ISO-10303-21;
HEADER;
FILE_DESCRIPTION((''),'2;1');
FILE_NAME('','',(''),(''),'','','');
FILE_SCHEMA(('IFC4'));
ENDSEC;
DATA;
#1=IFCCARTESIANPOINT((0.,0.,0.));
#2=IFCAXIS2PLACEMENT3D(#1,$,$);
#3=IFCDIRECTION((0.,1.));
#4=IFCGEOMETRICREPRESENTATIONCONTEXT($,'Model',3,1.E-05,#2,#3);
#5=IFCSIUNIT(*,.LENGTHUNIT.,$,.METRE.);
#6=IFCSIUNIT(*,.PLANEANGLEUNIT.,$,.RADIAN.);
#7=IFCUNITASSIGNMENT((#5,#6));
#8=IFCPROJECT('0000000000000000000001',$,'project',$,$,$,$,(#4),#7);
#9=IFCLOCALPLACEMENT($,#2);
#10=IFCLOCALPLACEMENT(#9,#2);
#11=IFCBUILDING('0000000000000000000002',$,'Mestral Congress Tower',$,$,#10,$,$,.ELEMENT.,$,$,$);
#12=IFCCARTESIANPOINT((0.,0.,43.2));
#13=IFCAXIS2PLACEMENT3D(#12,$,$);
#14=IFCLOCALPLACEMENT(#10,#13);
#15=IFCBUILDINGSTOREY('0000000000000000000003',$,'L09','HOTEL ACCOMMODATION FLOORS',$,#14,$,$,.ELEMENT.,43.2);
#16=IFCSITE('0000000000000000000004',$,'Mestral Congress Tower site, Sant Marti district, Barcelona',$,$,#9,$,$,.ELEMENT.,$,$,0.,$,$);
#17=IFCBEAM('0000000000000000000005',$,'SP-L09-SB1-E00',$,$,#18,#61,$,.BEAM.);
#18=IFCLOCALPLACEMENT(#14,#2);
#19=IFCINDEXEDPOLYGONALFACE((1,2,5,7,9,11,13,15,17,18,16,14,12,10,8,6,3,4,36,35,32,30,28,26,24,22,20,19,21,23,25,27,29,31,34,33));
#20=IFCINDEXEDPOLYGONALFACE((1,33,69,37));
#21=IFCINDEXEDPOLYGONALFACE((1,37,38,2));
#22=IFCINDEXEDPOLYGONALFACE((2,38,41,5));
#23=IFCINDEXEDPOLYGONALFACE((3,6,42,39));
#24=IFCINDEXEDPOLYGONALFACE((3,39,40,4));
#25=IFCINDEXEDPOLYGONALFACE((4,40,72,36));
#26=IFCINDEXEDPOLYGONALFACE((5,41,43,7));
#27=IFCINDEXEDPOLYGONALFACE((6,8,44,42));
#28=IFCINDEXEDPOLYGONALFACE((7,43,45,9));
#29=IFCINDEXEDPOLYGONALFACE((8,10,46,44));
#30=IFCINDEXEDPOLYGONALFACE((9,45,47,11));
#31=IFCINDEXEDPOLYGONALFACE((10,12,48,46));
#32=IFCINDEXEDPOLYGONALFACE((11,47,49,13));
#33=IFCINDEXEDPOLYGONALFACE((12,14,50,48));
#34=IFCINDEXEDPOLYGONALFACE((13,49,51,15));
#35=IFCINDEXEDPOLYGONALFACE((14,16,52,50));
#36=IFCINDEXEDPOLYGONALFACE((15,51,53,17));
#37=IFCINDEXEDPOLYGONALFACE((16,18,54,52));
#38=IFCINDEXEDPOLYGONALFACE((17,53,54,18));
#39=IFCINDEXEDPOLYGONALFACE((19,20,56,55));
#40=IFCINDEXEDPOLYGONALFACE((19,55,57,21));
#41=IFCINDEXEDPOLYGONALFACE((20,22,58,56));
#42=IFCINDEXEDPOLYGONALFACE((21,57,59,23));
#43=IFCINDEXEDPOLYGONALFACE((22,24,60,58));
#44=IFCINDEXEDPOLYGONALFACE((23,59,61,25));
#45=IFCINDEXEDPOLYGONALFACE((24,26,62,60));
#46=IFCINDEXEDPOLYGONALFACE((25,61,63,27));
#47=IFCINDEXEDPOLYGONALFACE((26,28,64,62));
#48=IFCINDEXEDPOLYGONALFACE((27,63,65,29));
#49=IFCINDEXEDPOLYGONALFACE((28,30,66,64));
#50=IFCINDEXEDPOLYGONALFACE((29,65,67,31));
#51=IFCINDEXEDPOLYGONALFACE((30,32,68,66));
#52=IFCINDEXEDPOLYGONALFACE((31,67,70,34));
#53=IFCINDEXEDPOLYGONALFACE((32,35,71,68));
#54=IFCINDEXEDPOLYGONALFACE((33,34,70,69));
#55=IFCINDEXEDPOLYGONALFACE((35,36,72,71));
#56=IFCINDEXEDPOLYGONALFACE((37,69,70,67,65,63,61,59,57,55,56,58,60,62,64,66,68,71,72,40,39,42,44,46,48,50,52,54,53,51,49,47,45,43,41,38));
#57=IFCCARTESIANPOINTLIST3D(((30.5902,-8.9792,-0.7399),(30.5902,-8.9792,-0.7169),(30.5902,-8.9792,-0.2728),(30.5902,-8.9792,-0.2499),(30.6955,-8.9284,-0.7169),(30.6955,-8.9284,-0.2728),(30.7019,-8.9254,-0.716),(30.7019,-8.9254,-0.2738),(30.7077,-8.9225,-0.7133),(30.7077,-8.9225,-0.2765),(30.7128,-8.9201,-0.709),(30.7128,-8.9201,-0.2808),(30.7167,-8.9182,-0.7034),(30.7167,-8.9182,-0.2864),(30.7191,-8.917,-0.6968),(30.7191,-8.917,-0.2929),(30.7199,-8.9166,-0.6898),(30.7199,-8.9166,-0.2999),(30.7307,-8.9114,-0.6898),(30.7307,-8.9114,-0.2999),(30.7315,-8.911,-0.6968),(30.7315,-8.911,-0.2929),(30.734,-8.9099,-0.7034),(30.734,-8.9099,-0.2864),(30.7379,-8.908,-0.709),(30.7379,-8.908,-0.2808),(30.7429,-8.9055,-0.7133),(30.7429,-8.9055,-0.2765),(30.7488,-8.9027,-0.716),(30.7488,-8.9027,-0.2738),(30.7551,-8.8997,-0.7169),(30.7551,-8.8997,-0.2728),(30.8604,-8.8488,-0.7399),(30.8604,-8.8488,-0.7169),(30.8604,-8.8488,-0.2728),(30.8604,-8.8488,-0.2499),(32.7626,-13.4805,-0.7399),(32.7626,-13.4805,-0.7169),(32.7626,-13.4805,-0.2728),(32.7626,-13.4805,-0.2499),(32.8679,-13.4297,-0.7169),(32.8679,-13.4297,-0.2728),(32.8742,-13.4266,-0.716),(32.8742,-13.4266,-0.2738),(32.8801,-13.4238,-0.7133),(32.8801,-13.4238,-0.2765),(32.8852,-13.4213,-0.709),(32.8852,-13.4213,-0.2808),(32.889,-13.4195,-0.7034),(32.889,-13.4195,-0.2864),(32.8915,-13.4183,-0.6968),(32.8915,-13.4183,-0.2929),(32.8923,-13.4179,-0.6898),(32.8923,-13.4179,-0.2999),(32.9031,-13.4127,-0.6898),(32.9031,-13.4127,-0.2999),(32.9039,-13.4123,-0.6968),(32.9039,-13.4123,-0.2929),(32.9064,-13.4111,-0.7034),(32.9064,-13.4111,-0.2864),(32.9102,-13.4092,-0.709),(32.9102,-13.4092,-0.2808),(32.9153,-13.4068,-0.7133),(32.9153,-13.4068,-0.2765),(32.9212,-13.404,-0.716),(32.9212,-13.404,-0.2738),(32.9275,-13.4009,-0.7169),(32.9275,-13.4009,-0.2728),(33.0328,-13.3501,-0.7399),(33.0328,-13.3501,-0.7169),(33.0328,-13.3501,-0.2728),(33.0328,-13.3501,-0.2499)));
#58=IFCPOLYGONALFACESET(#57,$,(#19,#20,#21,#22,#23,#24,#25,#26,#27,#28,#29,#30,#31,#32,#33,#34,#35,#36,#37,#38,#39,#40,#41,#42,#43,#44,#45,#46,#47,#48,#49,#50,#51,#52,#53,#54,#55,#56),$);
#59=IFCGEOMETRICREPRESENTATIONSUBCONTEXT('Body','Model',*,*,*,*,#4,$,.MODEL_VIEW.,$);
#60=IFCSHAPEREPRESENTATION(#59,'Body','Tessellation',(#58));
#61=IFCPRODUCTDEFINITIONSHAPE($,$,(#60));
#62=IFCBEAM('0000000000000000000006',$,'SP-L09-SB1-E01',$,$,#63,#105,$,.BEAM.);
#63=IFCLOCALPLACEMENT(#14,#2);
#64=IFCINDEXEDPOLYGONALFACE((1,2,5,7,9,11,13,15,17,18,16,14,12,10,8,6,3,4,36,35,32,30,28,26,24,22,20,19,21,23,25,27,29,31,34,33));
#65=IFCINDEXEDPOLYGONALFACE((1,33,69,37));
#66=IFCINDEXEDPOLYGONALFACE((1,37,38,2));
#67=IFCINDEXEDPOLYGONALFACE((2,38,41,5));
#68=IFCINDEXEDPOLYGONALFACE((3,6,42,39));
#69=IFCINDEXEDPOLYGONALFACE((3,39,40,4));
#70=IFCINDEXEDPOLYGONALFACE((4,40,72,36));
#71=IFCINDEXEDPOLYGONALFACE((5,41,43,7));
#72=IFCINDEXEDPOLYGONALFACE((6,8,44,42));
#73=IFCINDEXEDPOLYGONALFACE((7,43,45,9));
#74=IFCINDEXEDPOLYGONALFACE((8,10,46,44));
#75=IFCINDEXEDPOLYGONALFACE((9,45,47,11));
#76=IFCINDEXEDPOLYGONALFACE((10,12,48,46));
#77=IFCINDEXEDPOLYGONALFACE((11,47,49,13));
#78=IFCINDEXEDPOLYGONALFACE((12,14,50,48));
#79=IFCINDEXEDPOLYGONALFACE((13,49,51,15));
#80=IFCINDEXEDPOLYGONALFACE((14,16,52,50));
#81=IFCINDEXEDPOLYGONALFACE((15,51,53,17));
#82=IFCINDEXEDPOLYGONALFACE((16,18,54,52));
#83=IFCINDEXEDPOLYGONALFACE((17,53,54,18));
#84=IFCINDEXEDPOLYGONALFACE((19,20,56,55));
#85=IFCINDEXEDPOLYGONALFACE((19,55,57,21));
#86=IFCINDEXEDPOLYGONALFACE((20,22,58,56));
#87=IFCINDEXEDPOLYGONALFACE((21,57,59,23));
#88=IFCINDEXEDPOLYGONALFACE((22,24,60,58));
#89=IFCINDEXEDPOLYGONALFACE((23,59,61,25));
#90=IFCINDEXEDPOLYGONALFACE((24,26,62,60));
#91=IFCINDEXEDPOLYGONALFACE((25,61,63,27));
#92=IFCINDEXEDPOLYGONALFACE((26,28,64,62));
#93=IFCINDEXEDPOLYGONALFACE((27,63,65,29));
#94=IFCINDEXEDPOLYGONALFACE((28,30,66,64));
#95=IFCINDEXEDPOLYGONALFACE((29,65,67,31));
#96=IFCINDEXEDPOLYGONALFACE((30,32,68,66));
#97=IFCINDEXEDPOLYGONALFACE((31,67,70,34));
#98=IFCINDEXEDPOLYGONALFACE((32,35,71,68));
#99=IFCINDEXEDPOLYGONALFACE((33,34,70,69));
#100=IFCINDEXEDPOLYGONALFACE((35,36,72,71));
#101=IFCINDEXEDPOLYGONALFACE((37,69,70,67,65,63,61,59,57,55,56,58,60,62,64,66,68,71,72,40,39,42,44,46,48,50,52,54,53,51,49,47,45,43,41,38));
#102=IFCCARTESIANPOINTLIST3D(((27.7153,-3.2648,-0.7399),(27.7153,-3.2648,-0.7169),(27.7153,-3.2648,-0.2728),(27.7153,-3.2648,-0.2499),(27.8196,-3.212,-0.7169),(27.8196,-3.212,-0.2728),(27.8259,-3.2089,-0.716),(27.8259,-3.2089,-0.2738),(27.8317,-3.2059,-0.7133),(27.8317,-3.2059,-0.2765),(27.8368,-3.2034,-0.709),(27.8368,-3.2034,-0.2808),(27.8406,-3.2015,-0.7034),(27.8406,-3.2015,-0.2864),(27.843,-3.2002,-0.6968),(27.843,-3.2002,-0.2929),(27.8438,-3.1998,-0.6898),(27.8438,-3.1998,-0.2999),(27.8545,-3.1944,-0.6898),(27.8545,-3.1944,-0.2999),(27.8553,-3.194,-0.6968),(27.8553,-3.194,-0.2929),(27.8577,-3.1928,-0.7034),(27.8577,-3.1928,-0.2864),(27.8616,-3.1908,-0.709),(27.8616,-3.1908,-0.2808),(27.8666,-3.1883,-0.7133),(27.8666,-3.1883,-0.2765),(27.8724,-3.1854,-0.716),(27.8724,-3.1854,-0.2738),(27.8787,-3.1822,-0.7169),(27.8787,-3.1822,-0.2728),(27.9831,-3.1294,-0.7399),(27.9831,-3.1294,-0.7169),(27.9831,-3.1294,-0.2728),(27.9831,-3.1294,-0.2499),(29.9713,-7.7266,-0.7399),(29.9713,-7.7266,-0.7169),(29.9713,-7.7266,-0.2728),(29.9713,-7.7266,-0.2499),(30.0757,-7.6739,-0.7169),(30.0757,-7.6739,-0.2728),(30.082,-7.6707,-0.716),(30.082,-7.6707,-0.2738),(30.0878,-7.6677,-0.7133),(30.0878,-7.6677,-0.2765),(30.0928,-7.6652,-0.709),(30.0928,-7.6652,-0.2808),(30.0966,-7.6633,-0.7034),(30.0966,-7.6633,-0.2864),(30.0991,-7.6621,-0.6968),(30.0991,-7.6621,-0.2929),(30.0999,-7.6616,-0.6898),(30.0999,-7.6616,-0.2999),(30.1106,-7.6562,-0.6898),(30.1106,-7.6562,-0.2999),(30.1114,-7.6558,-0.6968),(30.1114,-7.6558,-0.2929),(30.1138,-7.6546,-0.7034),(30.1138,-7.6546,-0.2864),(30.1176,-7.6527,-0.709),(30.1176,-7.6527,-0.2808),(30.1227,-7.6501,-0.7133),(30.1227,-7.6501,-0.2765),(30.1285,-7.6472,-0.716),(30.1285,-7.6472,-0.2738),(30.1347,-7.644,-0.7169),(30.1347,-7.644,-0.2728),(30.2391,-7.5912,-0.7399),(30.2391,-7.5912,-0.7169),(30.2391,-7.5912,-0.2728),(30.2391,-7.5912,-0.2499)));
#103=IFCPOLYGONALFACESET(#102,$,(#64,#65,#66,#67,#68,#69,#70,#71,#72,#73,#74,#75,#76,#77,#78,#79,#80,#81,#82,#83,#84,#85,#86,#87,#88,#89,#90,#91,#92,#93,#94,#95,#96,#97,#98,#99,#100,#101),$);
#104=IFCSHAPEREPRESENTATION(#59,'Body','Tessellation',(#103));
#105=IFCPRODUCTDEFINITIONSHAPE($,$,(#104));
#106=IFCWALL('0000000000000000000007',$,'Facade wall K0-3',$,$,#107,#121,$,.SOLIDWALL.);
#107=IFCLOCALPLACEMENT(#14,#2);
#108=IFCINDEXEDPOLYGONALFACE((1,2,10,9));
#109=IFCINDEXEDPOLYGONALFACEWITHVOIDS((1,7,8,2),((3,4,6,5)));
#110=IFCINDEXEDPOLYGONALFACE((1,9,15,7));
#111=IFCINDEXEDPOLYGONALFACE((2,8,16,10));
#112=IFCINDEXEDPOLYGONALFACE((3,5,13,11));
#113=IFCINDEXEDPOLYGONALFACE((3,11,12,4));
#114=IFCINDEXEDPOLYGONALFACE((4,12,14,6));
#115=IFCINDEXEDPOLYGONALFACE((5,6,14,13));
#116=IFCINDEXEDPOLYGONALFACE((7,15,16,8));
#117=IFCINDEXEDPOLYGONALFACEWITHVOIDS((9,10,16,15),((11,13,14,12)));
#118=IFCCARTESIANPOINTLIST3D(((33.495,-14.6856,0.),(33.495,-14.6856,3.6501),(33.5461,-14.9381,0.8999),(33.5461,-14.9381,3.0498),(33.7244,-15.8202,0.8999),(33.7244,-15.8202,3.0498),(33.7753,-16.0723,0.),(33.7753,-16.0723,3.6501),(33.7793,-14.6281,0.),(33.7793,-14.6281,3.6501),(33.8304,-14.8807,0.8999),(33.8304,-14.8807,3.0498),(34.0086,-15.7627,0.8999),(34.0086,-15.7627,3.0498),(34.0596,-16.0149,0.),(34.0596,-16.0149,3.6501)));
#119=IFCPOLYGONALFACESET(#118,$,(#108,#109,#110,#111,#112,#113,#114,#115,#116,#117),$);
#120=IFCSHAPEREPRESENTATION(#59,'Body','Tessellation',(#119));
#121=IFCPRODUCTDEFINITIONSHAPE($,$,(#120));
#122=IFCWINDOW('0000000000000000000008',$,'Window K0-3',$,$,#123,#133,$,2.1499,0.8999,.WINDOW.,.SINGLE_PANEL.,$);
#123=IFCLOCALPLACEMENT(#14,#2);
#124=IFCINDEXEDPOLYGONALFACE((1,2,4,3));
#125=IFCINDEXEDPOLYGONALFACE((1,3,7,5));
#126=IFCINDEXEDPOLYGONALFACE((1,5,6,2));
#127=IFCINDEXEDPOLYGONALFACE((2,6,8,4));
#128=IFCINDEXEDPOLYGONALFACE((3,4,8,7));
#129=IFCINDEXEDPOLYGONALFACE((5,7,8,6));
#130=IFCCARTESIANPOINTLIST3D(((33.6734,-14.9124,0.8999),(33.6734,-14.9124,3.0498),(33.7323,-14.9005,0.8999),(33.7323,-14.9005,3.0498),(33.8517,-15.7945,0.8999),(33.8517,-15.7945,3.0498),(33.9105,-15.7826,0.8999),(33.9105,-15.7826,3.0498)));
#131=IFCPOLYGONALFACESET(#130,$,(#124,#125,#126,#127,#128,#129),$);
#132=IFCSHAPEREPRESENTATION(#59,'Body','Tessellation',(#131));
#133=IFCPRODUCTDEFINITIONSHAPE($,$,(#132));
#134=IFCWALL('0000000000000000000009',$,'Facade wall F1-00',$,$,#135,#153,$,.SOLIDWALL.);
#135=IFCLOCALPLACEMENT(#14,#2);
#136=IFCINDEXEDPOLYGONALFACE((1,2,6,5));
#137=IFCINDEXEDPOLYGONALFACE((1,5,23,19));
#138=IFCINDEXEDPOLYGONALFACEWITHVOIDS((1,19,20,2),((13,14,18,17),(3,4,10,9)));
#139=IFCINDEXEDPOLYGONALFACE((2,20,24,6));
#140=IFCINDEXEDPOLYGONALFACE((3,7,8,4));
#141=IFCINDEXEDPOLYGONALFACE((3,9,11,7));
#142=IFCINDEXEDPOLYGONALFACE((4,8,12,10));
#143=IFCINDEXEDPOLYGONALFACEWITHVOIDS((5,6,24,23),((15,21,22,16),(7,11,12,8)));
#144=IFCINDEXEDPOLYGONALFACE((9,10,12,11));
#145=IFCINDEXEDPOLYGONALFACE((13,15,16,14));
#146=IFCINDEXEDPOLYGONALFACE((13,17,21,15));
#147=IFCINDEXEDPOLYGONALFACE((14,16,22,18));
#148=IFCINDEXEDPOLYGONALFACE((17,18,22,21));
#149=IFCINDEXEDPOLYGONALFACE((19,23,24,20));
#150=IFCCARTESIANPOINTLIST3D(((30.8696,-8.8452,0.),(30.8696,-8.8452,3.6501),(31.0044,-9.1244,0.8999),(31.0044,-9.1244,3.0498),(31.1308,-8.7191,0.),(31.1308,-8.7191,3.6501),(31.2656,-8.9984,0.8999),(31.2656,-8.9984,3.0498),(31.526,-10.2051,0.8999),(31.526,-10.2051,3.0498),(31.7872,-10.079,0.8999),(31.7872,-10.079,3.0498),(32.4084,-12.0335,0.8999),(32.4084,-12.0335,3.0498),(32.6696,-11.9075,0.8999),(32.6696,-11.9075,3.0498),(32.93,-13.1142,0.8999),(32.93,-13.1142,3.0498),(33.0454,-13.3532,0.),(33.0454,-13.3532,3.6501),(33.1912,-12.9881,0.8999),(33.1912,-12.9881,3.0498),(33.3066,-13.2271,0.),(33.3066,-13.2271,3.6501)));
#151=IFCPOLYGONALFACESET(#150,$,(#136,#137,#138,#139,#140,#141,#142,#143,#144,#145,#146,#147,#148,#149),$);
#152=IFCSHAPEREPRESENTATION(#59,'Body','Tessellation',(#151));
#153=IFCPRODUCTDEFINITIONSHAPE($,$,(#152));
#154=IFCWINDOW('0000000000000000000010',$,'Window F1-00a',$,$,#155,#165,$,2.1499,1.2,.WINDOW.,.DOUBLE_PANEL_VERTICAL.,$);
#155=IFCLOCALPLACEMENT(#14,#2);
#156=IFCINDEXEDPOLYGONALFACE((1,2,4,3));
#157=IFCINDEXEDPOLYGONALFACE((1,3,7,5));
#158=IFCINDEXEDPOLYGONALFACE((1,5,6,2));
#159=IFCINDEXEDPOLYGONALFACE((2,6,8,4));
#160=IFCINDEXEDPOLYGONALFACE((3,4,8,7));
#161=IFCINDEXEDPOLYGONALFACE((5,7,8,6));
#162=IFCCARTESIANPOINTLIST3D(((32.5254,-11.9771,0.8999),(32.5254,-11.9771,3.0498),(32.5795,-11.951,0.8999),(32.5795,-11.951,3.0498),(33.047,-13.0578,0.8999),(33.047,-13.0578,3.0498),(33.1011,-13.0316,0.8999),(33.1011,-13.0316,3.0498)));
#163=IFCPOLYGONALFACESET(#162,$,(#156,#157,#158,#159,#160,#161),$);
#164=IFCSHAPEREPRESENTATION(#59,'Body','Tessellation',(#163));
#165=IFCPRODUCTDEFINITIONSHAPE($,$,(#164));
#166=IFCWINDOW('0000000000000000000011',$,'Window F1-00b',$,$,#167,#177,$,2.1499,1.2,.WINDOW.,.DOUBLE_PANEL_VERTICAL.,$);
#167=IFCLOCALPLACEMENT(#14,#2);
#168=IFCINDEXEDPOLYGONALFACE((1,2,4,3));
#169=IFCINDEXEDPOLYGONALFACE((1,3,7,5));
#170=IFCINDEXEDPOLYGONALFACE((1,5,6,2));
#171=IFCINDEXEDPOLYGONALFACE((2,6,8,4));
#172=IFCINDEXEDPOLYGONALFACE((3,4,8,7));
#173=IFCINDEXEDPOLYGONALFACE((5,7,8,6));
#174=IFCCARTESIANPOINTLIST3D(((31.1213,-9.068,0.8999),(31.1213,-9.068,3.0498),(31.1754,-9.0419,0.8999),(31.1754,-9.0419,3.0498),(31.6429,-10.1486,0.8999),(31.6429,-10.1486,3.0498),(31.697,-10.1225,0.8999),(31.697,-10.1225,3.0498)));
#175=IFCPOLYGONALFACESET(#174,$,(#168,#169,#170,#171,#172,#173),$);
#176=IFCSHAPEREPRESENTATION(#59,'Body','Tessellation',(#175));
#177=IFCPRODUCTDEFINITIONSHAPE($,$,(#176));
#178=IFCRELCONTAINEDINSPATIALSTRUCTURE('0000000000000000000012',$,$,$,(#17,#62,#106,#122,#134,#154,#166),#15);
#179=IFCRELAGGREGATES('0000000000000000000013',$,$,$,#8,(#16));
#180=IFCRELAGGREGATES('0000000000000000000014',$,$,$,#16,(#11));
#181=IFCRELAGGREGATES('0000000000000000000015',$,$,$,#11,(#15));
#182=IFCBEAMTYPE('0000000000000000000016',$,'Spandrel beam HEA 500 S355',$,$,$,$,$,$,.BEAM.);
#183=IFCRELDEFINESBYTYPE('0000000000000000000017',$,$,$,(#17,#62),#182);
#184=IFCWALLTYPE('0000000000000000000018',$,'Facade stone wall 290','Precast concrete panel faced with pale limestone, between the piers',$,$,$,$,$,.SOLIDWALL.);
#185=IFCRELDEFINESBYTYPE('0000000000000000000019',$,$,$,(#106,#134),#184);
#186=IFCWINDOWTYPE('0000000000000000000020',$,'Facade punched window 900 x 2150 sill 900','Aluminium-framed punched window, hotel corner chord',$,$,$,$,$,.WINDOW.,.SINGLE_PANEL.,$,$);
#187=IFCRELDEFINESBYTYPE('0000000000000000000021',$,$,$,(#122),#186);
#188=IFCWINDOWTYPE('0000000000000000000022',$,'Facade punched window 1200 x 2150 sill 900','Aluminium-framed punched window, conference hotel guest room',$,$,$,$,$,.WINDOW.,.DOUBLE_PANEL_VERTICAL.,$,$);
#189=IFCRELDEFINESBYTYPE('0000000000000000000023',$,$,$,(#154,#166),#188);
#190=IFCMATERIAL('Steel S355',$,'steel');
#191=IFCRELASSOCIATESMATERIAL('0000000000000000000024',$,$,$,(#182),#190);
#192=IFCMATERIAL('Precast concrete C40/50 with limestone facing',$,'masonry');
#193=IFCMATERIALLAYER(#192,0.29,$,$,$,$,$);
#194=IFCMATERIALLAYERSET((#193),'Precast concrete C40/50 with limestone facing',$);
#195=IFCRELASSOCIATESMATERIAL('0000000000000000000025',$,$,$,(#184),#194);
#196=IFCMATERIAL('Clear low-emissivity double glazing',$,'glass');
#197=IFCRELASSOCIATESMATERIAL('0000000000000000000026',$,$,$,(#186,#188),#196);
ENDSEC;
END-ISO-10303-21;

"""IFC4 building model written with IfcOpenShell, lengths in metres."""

from ifc_helpers import new_model, si_unit, direction, frame, frame_2d, origin, origin_2d, place, context, subcontext, project, spatial, rectangle, i_section, extrude, material, layer, layer_set, material_profile, profile_set, type_object, element, fill, save


model = new_model("IFC4")

# Units and contexts
model_context = context("Model", 3, precision=1e-05, world=origin(), true_north=direction((0.0, 1.0)))
body_context = subcontext(model_context, "Body", "Model", "MODEL_VIEW")
ifc_project = project(units=[si_unit("LENGTHUNIT", "METRE"), si_unit("PLANEANGLEUNIT", "RADIAN")], contexts=[model_context])

# Site, building, storey
site_placement = place(None, origin())
site = spatial("IfcSite", under=ifc_project, at=site_placement, Name="Mestral Congress Tower site, Sant Marti district, Barcelona", CompositionType="ELEMENT", RefElevation=0.0)
building_placement = place(site_placement, origin())
building = spatial("IfcBuilding", under=site, at=building_placement, Name="Mestral Congress Tower", CompositionType="ELEMENT")
storey_placement = place(building_placement, frame((0.0, 0.0, 43.2)))
storey = spatial("IfcBuildingStorey", under=building, at=storey_placement, Name="L09", Description="HOTEL ACCOMMODATION FLOORS", CompositionType="ELEMENT", Elevation=43.2)

# Beams
ifc_material_1 = material(Name="Steel S355", Category="steel")
ifc_material_profile_1 = material_profile(ifc_material_1, i_section(OverallWidth=0.3, OverallDepth=0.49, WebThickness=0.012, FlangeThickness=0.0229, FilletRadius=0.0271, at=origin_2d()), Name="HEA 500")
ifc_profile_set_1 = profile_set([ifc_material_profile_1], Name="Steel S355")
beam_type_1 = type_object("IfcBeamType", Name="Spandrel beam HEA 500 S355", PredefinedType="BEAM", material=ifc_profile_set_1)
beam_1_placement = place(storey_placement, frame((32.8977, -13.4153, -0.4949), z_axis=(-0.434645, 0.900602, 0.0), x_axis=(-0.900602, -0.434645, 0.0)))
element("IfcBeam", 1, at=beam_1_placement, inside=storey, type_object=beam_type_1, Name="SP-L09-SB1-E00", PredefinedType="BEAM", context=body_context, shape_type="SweptSolid", body=[
    extrude(i_section(OverallWidth=0.3, OverallDepth=0.49, WebThickness=0.012, FlangeThickness=0.0229, FilletRadius=0.0271, at=origin_2d()), origin(), (0.0, 0.0, 1.0), 4.998),
])
beam_2_placement = place(storey_placement, frame((30.1052, -7.6589, -0.4949), z_axis=(-0.451233, 0.892406, 0.0), x_axis=(-0.892406, -0.451233, 0.0)))
element("IfcBeam", 2, at=beam_2_placement, inside=storey, type_object=beam_type_1, Name="SP-L09-SB1-E01", PredefinedType="BEAM", context=body_context, shape_type="SweptSolid", body=[
    extrude(i_section(OverallWidth=0.3, OverallDepth=0.49, WebThickness=0.012, FlangeThickness=0.0229, FilletRadius=0.0271, at=origin_2d()), origin(), (0.0, 0.0, 1.0), 4.9998),
])

# Wall, opening, window
ifc_material_2 = material(Name="Precast concrete C40/50 with limestone facing", Category="masonry")
ifc_layer_1 = layer(ifc_material_2, 0.29)
ifc_layer_set_1 = layer_set([ifc_layer_1], Name="Precast concrete C40/50 with limestone facing")
wall_type_1 = type_object("IfcWallType", Name="Facade stone wall 290", Description="Precast concrete panel faced with pale limestone, between the piers", PredefinedType="SOLIDWALL", material=ifc_layer_set_1)
wall_1_placement = place(storey_placement, frame((33.9175, -16.0437, 0.0), z_axis=(0.0, 0.0, 1.0), x_axis=(-0.198107, 0.98018, 0.0)))
wall_1 = element("IfcWall", 3, at=wall_1_placement, inside=storey, type_object=wall_type_1, Name="Facade wall K0-3", PredefinedType="SOLIDWALL", context=body_context, shape_type="SweptSolid", body=[
    extrude(rectangle(XDim=1.4148, YDim=0.29, at=frame_2d((0.7075, 0.0))), origin(), (0.0, 0.0, 1.0), 3.6501),
])
opening_1_placement = place(wall_1_placement, frame((0.2573, 0.0, 0.8999)))
opening_1 = element("IfcOpeningElement", 4, at=opening_1_placement, cuts=wall_1, PredefinedType="OPENING", context=body_context, shape_type="SweptSolid", body=[
    extrude(rectangle(XDim=0.8999, YDim=2.1499, at=frame_2d((0.45, 1.075))), frame((0.0, 0.155, 0.0), z_axis=(0.0, -1.0, 0.0), x_axis=(1.0, 0.0, 0.0)), (0.0, 0.0, 1.0), 0.3101),
])
ifc_material_3 = material(Name="Clear low-emissivity double glazing", Category="glass")
window_type_1 = type_object("IfcWindowType", Name="Facade punched window 900 x 2150 sill 900", Description="Aluminium-framed punched window, hotel corner chord", PartitioningType="SINGLE_PANEL", PredefinedType="WINDOW", material=ifc_material_3)
window_1_placement = place(opening_1_placement, origin())
window_1 = element("IfcWindow", 5, at=window_1_placement, inside=storey, type_object=window_type_1, Name="Window K0-3", OverallHeight=2.1499, OverallWidth=0.8999, PartitioningType="SINGLE_PANEL", PredefinedType="WINDOW", context=body_context, shape_type="SweptSolid", body=[
    extrude(rectangle(XDim=0.8999, YDim=2.1499, at=frame_2d((0.45, 1.075))), frame((0.0, 0.0151, 0.0), z_axis=(0.0, -1.0, 0.0), x_axis=(1.0, 0.0, 0.0)), (0.0, 0.0, 1.0), 0.0601),
])
fill(opening_1, window_1)

# Wall, openings, windows
wall_2_placement = place(storey_placement, frame((33.176, -13.2903, 0.0), z_axis=(0.0, 0.0, 1.0), x_axis=(-0.434664, 0.900592, 0.0)))
wall_2 = element("IfcWall", 6, at=wall_2_placement, inside=storey, type_object=wall_type_1, Name="Facade wall F1-00", PredefinedType="SOLIDWALL", context=body_context, shape_type="SweptSolid", body=[
    extrude(rectangle(XDim=5.0056, YDim=0.29, at=frame_2d((2.5029, 0.0))), origin(), (0.0, 0.0, 1.0), 3.6501),
])
opening_2_placement = place(wall_2_placement, frame((0.2654, 0.0, 0.8999)))
opening_2 = element("IfcOpeningElement", 7, at=opening_2_placement, cuts=wall_2, PredefinedType="OPENING", context=body_context, shape_type="SweptSolid", body=[
    extrude(rectangle(XDim=1.2, YDim=2.1499, at=frame_2d((0.6001, 1.075))), frame((0.0, 0.155, 0.0), z_axis=(0.0, -1.0, 0.0), x_axis=(1.0, 0.0, 0.0)), (0.0, 0.0, 1.0), 0.3101),
])
opening_3_placement = place(wall_2_placement, frame((3.4956, 0.0, 0.8999)))
opening_3 = element("IfcOpeningElement", 8, at=opening_3_placement, cuts=wall_2, PredefinedType="OPENING", context=body_context, shape_type="SweptSolid", body=[
    extrude(rectangle(XDim=1.2, YDim=2.1499, at=frame_2d((0.6001, 1.075))), frame((0.0, 0.155, 0.0), z_axis=(0.0, -1.0, 0.0), x_axis=(1.0, 0.0, 0.0)), (0.0, 0.0, 1.0), 0.3101),
])
window_type_2 = type_object("IfcWindowType", Name="Facade punched window 1200 x 2150 sill 900", Description="Aluminium-framed punched window, conference hotel guest room", PartitioningType="DOUBLE_PANEL_VERTICAL", PredefinedType="WINDOW", material=ifc_material_3)
window_2_placement = place(opening_2_placement, origin())
window_2 = element("IfcWindow", 9, at=window_2_placement, inside=storey, type_object=window_type_2, Name="Window F1-00a", OverallHeight=2.1499, OverallWidth=1.2, PartitioningType="DOUBLE_PANEL_VERTICAL", PredefinedType="WINDOW", context=body_context, shape_type="SweptSolid", body=[
    extrude(rectangle(XDim=1.2, YDim=2.1499, at=frame_2d((0.6001, 1.075))), frame((0.0, 0.0151, 0.0), z_axis=(0.0, -1.0, 0.0), x_axis=(1.0, 0.0, 0.0)), (0.0, 0.0, 1.0), 0.0601),
])
fill(opening_2, window_2)
window_3_placement = place(opening_3_placement, origin())
window_3 = element("IfcWindow", 10, at=window_3_placement, inside=storey, type_object=window_type_2, Name="Window F1-00b", OverallHeight=2.1499, OverallWidth=1.2, PartitioningType="DOUBLE_PANEL_VERTICAL", PredefinedType="WINDOW", context=body_context, shape_type="SweptSolid", body=[
    extrude(rectangle(XDim=1.2, YDim=2.1499, at=frame_2d((0.6001, 1.075))), frame((0.0, 0.0151, 0.0), z_axis=(0.0, -1.0, 0.0), x_axis=(1.0, 0.0, 0.0)), (0.0, 0.0, 1.0), 0.0601),
])
fill(opening_3, window_3)

save(model, "model.ifc")
